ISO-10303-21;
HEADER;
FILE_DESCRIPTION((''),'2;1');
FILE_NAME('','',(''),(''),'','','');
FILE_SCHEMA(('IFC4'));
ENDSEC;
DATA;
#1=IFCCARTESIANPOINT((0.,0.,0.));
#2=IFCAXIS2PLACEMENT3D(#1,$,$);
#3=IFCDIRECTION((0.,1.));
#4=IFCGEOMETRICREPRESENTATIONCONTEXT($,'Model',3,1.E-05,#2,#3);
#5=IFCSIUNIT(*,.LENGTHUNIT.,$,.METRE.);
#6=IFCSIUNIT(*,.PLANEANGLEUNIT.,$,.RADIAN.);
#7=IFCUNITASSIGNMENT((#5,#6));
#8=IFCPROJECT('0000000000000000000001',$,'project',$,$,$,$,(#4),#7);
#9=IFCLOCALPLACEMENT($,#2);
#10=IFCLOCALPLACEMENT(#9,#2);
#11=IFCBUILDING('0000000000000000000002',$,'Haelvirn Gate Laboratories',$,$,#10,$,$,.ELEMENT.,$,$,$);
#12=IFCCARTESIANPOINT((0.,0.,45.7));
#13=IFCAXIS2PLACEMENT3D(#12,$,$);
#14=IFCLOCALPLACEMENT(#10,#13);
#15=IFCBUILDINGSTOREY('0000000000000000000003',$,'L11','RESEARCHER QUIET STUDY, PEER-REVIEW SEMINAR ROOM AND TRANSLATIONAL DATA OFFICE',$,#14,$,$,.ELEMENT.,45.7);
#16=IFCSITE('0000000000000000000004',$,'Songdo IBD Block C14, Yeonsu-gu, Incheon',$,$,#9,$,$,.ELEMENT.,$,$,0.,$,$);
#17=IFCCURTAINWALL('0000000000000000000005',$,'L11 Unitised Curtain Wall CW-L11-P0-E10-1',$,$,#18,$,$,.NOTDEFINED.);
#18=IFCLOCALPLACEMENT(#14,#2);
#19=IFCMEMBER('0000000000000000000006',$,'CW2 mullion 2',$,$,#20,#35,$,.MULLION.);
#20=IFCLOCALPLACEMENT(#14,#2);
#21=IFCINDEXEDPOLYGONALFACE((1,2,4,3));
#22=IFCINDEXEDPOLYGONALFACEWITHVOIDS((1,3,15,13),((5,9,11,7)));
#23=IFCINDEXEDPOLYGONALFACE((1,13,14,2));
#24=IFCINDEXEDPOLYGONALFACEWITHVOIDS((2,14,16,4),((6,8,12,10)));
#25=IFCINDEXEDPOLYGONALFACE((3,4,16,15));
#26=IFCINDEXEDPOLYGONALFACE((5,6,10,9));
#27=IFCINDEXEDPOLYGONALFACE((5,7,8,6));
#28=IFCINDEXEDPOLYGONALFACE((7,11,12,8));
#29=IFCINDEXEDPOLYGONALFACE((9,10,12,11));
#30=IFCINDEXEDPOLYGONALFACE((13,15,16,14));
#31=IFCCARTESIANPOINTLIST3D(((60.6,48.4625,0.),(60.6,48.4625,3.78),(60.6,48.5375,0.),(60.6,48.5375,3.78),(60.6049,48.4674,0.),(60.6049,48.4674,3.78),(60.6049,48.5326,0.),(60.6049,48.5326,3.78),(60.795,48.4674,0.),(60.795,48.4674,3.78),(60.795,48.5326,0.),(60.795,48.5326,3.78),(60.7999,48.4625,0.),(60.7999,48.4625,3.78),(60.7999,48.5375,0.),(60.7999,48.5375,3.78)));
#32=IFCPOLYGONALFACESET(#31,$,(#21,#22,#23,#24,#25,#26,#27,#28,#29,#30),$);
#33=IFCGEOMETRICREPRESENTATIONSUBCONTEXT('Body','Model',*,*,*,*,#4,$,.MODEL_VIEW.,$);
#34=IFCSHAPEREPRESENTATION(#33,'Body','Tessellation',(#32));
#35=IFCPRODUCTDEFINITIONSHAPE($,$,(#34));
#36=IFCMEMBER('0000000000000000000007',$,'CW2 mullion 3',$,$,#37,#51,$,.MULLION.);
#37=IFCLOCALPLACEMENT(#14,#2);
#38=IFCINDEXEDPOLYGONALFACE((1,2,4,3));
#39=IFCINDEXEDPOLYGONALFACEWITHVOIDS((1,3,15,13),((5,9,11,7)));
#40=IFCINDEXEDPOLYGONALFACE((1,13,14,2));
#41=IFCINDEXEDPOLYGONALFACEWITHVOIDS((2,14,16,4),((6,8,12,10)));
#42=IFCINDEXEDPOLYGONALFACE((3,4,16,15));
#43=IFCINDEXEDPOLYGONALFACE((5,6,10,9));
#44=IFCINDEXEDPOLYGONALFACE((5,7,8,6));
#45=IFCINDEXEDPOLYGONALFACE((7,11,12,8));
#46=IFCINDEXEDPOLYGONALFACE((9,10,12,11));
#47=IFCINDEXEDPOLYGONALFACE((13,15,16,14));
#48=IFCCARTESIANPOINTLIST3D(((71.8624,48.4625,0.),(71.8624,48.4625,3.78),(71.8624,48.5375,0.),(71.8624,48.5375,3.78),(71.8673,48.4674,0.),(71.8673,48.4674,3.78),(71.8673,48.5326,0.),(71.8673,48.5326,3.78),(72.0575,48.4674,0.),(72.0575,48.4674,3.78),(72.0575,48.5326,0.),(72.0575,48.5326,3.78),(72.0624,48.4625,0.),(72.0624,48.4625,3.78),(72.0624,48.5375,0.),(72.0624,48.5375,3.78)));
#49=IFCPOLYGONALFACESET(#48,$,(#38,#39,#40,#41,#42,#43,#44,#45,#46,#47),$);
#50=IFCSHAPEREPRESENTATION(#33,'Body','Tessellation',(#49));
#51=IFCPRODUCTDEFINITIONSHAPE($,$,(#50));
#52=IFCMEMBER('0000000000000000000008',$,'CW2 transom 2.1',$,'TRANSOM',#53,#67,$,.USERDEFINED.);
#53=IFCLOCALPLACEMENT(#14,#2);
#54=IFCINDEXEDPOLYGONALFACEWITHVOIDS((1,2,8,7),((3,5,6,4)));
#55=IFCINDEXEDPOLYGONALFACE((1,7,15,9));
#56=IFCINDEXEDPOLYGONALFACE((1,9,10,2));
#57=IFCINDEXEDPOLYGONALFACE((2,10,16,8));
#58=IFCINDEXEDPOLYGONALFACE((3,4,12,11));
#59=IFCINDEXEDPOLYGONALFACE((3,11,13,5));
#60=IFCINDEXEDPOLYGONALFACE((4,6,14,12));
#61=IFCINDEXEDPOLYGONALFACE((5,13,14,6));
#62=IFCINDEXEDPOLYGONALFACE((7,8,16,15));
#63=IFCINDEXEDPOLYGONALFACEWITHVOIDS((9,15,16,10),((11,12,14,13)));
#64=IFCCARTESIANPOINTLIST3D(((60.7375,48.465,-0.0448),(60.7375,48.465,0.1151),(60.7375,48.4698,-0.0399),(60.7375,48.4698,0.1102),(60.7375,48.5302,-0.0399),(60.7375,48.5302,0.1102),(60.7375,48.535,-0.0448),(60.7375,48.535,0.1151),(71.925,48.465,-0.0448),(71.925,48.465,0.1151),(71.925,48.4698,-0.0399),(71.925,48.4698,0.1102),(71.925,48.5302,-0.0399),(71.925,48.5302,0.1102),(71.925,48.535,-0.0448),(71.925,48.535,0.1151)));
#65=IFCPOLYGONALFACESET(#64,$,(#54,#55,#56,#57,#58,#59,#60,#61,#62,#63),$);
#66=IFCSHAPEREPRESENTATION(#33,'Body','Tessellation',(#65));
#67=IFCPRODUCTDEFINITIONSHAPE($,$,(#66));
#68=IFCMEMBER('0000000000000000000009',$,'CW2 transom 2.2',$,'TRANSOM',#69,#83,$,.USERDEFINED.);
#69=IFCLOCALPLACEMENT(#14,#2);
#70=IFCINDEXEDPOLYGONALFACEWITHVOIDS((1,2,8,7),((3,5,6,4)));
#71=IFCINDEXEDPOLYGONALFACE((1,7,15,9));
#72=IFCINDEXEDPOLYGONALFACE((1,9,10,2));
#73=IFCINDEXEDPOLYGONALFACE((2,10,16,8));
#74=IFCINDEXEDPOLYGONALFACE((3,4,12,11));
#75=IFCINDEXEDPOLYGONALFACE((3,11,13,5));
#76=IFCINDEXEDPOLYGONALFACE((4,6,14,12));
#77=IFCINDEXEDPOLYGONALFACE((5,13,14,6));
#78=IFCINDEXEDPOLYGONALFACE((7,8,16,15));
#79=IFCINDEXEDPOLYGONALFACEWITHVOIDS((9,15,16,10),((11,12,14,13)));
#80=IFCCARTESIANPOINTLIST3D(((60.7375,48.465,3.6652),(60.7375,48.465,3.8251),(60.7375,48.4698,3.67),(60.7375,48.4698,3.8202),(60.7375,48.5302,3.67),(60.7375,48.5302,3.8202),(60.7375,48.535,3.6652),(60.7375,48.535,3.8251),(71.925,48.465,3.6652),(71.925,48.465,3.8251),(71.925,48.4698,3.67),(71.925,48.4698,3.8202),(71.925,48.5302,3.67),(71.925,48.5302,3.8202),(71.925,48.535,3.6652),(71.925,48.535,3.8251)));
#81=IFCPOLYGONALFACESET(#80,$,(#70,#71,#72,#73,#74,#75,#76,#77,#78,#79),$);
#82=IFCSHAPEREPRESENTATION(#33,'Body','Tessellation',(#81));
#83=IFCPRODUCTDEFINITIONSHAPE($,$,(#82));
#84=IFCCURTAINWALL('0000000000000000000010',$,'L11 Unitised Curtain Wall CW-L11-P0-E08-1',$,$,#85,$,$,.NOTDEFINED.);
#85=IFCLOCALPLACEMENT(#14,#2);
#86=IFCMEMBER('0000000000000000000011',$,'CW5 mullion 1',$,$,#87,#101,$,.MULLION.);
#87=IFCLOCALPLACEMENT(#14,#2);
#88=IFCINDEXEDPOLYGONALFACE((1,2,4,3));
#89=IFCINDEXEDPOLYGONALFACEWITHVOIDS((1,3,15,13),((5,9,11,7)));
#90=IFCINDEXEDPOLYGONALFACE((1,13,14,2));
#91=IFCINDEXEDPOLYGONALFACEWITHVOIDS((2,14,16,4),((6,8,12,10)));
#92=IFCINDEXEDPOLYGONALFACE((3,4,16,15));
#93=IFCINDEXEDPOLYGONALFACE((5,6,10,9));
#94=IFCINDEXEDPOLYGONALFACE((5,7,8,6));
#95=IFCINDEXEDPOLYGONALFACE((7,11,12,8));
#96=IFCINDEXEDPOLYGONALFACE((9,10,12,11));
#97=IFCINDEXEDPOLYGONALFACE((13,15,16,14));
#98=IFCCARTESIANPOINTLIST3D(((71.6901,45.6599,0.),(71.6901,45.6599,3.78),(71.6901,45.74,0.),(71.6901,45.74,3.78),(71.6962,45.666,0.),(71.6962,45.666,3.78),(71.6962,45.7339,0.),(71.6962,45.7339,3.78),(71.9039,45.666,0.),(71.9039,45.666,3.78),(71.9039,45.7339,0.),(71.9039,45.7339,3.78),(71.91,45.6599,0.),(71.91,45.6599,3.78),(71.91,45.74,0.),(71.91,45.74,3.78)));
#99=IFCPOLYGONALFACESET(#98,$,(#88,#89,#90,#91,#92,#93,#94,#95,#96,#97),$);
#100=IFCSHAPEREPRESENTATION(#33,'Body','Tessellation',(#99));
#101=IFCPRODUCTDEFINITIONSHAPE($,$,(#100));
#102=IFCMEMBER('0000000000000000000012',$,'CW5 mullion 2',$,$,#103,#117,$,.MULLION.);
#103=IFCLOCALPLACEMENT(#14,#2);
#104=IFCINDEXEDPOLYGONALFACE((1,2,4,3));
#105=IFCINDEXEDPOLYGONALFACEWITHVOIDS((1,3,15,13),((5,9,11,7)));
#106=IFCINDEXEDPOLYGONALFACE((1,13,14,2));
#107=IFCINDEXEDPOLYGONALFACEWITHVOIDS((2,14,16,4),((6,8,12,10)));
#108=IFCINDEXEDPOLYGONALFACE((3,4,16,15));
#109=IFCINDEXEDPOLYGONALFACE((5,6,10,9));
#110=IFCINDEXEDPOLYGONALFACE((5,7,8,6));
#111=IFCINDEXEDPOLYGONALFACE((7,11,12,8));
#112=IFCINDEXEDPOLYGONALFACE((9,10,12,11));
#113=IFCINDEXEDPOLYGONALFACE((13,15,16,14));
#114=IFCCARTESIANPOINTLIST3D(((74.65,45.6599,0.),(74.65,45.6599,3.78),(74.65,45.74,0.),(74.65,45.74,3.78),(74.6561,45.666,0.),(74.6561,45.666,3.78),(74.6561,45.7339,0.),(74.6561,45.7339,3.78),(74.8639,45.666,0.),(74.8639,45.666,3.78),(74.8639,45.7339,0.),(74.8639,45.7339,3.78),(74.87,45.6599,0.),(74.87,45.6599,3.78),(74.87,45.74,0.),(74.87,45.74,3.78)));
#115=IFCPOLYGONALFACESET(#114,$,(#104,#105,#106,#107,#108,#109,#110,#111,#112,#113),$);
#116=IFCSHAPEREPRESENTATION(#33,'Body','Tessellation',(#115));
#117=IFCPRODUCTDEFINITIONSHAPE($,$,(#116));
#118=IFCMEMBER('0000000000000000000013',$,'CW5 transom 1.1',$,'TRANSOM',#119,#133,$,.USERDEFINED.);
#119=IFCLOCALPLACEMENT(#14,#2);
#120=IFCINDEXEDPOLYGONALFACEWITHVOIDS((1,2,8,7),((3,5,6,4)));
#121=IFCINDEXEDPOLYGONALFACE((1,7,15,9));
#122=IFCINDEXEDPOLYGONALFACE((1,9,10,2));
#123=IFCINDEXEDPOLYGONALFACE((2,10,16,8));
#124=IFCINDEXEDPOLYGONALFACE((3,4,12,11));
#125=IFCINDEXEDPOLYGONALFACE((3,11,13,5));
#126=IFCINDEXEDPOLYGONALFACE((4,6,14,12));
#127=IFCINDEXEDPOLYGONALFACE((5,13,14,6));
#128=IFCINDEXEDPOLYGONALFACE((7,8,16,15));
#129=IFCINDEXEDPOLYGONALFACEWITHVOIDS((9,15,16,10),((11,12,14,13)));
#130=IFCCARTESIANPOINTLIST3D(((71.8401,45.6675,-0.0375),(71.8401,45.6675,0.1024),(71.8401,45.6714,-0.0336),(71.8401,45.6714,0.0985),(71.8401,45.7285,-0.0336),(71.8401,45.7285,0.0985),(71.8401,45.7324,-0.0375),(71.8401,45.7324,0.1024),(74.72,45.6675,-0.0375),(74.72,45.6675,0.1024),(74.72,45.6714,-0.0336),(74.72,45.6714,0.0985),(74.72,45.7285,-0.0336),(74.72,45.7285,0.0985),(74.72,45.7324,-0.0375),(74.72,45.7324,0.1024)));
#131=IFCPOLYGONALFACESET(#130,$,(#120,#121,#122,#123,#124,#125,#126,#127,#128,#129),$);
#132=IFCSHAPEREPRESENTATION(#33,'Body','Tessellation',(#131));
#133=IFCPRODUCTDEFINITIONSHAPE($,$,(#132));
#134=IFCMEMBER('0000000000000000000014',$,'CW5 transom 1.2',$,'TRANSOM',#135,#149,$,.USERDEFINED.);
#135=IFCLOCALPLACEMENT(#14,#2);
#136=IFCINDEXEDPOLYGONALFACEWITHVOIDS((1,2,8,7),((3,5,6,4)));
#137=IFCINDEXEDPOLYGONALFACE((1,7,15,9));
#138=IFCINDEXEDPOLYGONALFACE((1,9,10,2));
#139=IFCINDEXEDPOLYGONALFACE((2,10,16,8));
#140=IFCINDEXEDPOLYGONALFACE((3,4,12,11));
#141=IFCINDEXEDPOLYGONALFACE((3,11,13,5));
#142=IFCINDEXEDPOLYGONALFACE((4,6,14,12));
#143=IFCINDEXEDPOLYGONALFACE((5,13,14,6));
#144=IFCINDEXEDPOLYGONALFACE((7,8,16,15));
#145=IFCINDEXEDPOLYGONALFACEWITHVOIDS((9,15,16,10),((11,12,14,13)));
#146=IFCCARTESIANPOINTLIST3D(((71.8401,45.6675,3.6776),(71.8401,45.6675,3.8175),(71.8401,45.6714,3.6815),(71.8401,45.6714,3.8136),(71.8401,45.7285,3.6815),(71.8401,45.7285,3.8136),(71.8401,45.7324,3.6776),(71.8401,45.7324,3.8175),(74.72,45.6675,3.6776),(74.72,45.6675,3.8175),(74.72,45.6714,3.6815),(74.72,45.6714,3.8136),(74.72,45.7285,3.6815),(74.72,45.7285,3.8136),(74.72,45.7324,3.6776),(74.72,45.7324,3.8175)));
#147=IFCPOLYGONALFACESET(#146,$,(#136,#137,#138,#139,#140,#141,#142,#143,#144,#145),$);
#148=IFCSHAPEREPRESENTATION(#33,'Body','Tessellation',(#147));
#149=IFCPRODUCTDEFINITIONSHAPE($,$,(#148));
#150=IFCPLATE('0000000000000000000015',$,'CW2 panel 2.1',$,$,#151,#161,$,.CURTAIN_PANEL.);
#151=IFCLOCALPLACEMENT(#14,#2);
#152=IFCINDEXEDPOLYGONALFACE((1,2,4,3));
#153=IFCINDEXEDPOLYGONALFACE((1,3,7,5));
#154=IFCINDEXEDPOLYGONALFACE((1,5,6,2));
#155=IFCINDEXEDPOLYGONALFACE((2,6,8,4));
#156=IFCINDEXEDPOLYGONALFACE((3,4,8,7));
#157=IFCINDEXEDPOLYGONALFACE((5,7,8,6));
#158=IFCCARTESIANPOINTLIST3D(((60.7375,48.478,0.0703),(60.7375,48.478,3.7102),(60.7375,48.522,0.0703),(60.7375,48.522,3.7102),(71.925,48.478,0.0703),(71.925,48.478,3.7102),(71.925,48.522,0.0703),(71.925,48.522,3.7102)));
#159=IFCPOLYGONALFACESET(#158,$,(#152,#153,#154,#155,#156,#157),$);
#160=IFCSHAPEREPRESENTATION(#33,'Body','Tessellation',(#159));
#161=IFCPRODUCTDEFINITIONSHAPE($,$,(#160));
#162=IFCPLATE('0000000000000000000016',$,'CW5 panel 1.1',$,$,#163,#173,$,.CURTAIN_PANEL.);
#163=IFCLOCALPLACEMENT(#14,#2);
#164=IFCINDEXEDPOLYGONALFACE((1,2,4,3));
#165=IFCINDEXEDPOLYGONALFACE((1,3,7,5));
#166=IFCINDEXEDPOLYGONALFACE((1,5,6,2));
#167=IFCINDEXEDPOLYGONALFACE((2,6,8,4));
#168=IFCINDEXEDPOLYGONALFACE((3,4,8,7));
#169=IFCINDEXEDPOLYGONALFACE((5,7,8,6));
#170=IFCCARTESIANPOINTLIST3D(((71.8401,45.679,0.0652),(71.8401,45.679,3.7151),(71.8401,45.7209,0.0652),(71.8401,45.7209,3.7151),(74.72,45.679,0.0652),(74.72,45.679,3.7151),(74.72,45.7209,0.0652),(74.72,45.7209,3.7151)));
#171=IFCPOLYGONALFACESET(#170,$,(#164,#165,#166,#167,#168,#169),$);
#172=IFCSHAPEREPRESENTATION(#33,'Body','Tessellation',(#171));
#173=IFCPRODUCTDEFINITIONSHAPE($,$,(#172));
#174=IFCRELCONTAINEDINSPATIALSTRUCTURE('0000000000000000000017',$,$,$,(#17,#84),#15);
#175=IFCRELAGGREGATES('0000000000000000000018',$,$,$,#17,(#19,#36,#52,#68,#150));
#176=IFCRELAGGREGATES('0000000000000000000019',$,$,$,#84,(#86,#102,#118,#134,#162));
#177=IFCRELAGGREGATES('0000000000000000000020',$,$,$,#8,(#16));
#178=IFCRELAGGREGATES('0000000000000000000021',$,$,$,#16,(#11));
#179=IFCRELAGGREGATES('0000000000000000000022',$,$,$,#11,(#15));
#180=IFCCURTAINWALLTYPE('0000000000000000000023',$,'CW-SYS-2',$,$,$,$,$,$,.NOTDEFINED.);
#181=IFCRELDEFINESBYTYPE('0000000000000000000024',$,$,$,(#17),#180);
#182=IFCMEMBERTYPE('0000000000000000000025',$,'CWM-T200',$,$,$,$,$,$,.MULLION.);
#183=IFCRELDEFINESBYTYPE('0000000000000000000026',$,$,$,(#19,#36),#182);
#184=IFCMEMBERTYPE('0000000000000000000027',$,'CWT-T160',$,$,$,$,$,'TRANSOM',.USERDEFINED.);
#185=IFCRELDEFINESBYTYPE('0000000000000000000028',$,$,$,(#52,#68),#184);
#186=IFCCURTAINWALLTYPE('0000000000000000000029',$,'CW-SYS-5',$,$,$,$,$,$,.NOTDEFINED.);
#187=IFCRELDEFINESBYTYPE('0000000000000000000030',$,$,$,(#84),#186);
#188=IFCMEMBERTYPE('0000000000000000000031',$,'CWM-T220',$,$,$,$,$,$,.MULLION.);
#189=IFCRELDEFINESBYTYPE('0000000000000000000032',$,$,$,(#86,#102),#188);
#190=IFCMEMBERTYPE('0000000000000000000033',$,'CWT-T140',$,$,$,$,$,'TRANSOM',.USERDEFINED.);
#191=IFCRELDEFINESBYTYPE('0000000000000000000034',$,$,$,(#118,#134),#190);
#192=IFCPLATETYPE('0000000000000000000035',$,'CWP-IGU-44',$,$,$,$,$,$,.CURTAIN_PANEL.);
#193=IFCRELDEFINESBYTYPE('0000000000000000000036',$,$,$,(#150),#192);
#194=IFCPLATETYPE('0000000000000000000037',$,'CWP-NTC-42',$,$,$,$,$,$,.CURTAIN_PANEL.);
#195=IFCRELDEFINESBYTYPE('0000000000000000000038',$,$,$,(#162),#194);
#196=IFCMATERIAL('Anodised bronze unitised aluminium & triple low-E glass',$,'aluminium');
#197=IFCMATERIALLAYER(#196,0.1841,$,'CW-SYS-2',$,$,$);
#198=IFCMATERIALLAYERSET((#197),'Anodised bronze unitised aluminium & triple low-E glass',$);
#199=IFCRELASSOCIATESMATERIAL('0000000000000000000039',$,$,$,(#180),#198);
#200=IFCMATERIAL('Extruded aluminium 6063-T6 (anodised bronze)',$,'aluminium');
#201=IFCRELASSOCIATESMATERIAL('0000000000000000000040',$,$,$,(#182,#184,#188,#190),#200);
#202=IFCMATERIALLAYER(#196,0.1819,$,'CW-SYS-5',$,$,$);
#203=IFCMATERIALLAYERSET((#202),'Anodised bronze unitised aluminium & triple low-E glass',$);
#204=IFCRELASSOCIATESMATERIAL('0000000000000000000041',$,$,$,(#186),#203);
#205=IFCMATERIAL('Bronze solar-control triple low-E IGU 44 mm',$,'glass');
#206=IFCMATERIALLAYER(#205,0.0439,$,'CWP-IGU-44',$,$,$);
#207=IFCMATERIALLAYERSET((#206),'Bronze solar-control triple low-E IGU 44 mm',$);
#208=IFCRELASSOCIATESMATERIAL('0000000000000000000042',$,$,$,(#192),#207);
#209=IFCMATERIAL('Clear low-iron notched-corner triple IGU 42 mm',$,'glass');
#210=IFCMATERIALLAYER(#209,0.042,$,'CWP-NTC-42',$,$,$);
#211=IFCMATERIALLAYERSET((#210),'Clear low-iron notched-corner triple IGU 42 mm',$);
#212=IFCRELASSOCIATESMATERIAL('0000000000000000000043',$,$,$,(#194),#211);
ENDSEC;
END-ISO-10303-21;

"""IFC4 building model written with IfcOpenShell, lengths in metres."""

from ifc_helpers import new_model, si_unit, direction, frame, origin, origin_2d, place, context, subcontext, project, spatial, rectangle, hollow_rectangle, extrude, source, transform, mapped, material, layer, layer_set, material_profile, profile_set, type_object, type_shapes, element, aggregate, save


model = new_model("IFC4")

# Units and contexts
model_context = context("Model", 3, precision=1e-05, world=origin(), true_north=direction((0.0, 1.0)))
body_context = subcontext(model_context, "Body", "Model", "MODEL_VIEW")
ifc_project = project(units=[si_unit("LENGTHUNIT", "METRE"), si_unit("PLANEANGLEUNIT", "RADIAN")], contexts=[model_context])

# Site, building, storey
site_placement = place(None, origin())
site = spatial("IfcSite", under=ifc_project, at=site_placement, Name="Songdo IBD Block C14, Yeonsu-gu, Incheon", CompositionType="ELEMENT", RefElevation=0.0)
building_placement = place(site_placement, origin())
building = spatial("IfcBuilding", under=site, at=building_placement, Name="Haelvirn Gate Laboratories", CompositionType="ELEMENT")
storey_placement = place(building_placement, frame((0.0, 0.0, 45.7)))
storey = spatial("IfcBuildingStorey", under=building, at=storey_placement, Name="L11", Description="RESEARCHER QUIET STUDY, PEER-REVIEW SEMINAR ROOM AND TRANSLATIONAL DATA OFFICE", CompositionType="ELEMENT", Elevation=45.7)

# Shared definitions
ifc_material_1 = material(Name="Anodised bronze unitised aluminium & triple low-E glass", Category="aluminium")
ifc_layer_1 = layer(ifc_material_1, 0.1841, Name="CW-SYS-2")
ifc_layer_set_1 = layer_set([ifc_layer_1], Name="Anodised bronze unitised aluminium & triple low-E glass")
curtain_wall_type_1 = type_object("IfcCurtainWallType", Name="CW-SYS-2", PredefinedType="NOTDEFINED", material=ifc_layer_set_1)
ifc_material_2 = material(Name="Extruded aluminium 6063-T6 (anodised bronze)", Category="aluminium")
ifc_material_profile_1 = material_profile(ifc_material_2, hollow_rectangle(XDim=0.075, YDim=0.2, WallThickness=0.0049, at=origin_2d()), Name="CWM-200x75x5")
ifc_profile_set_1 = profile_set([ifc_material_profile_1], Name="Extruded aluminium 6063-T6 (anodised bronze)")
member_type_1 = type_object("IfcMemberType", Name="CWM-T200", PredefinedType="MULLION", material=ifc_profile_set_1)
shared_shape_1 = source(origin(), body_context, "Body", "SweptSolid", [
    extrude(hollow_rectangle(XDim=0.075, YDim=0.2, WallThickness=0.0049, at=origin_2d()), origin(), (0.0, 0.0, 1.0), 3.78),
])
type_shapes(member_type_1, [shared_shape_1])

# Curtain walls, members
curtain_wall_1_placement = place(storey_placement, origin())
curtain_wall_1 = element("IfcCurtainWall", 1, at=curtain_wall_1_placement, inside=storey, type_object=curtain_wall_type_1, Name="L11 Unitised Curtain Wall CW-L11-P0-E10-1", PredefinedType="NOTDEFINED")
member_1_placement = place(storey_placement, frame((60.7, 48.5, 0.0), z_axis=(0.0, 0.0, 1.0), x_axis=(0.0, 1.0, 0.0)))
member_1 = element("IfcMember", 2, at=member_1_placement, type_object=member_type_1, Name="CW2 mullion 2", PredefinedType="MULLION", context=body_context, shape_type="MappedRepresentation", body=[
    mapped(shared_shape_1, transform((0.0, 0.0, 0.0), scale=1.0)),
])
member_2_placement = place(storey_placement, frame((71.9624, 48.5, 0.0), z_axis=(0.0, 0.0, 1.0), x_axis=(0.0, 1.0, 0.0)))
member_2 = element("IfcMember", 3, at=member_2_placement, type_object=member_type_1, Name="CW2 mullion 3", PredefinedType="MULLION", context=body_context, shape_type="MappedRepresentation", body=[
    mapped(shared_shape_1, transform((0.0, 0.0, 0.0), scale=1.0)),
])
ifc_material_profile_2 = material_profile(ifc_material_2, hollow_rectangle(XDim=0.0701, YDim=0.1599, WallThickness=0.0049, at=origin_2d()), Name="CWT-160x70x5")
ifc_profile_set_2 = profile_set([ifc_material_profile_2], Name="Extruded aluminium 6063-T6 (anodised bronze)")
member_type_2 = type_object("IfcMemberType", Name="CWT-T160", ElementType="TRANSOM", PredefinedType="USERDEFINED", material=ifc_profile_set_2)
shared_shape_2 = source(origin(), body_context, "Body", "SweptSolid", [
    extrude(hollow_rectangle(XDim=0.0701, YDim=0.1599, WallThickness=0.0049, at=origin_2d()), origin(), (0.0, 0.0, 1.0), 11.1875),
])
type_shapes(member_type_2, [shared_shape_2])
member_3_placement = place(storey_placement, frame((60.7375, 48.5, 0.0352), z_axis=(1.0, 0.0, 0.0), x_axis=(0.0, 1.0, 0.0)))
member_3 = element("IfcMember", 4, at=member_3_placement, type_object=member_type_2, Name="CW2 transom 2.1", ObjectType="TRANSOM", PredefinedType="USERDEFINED", context=body_context, shape_type="MappedRepresentation", body=[
    mapped(shared_shape_2, transform((0.0, 0.0, 0.0), scale=1.0)),
])
member_4_placement = place(storey_placement, frame((60.7375, 48.5, 3.7451), z_axis=(1.0, 0.0, 0.0), x_axis=(0.0, 1.0, 0.0)))
member_4 = element("IfcMember", 5, at=member_4_placement, type_object=member_type_2, Name="CW2 transom 2.2", ObjectType="TRANSOM", PredefinedType="USERDEFINED", context=body_context, shape_type="MappedRepresentation", body=[
    mapped(shared_shape_2, transform((0.0, 0.0, 0.0), scale=1.0)),
])
ifc_layer_2 = layer(ifc_material_1, 0.1819, Name="CW-SYS-5")
ifc_layer_set_2 = layer_set([ifc_layer_2], Name="Anodised bronze unitised aluminium & triple low-E glass")
curtain_wall_type_2 = type_object("IfcCurtainWallType", Name="CW-SYS-5", PredefinedType="NOTDEFINED", material=ifc_layer_set_2)
curtain_wall_2_placement = place(storey_placement, origin())
curtain_wall_2 = element("IfcCurtainWall", 6, at=curtain_wall_2_placement, inside=storey, type_object=curtain_wall_type_2, Name="L11 Unitised Curtain Wall CW-L11-P0-E08-1", PredefinedType="NOTDEFINED")
ifc_material_profile_3 = material_profile(ifc_material_2, hollow_rectangle(XDim=0.0801, YDim=0.22, WallThickness=0.0061, at=origin_2d()), Name="CWM-220x80x6")
ifc_profile_set_3 = profile_set([ifc_material_profile_3], Name="Extruded aluminium 6063-T6 (anodised bronze)")
member_type_3 = type_object("IfcMemberType", Name="CWM-T220", PredefinedType="MULLION", material=ifc_profile_set_3)
shared_shape_3 = source(origin(), body_context, "Body", "SweptSolid", [
    extrude(hollow_rectangle(XDim=0.0801, YDim=0.22, WallThickness=0.0061, at=origin_2d()), origin(), (0.0, 0.0, 1.0), 3.78),
])
type_shapes(member_type_3, [shared_shape_3])
member_5_placement = place(storey_placement, frame((71.8, 45.7, 0.0), z_axis=(0.0, 0.0, 1.0), x_axis=(0.0, 1.0, 0.0)))
member_5 = element("IfcMember", 7, at=member_5_placement, type_object=member_type_3, Name="CW5 mullion 1", PredefinedType="MULLION", context=body_context, shape_type="MappedRepresentation", body=[
    mapped(shared_shape_3, transform((0.0, 0.0, 0.0), scale=1.0)),
])
member_6_placement = place(storey_placement, frame((74.76, 45.7, 0.0), z_axis=(0.0, 0.0, 1.0), x_axis=(0.0, 1.0, 0.0)))
member_6 = element("IfcMember", 8, at=member_6_placement, type_object=member_type_3, Name="CW5 mullion 2", PredefinedType="MULLION", context=body_context, shape_type="MappedRepresentation", body=[
    mapped(shared_shape_3, transform((0.0, 0.0, 0.0), scale=1.0)),
])
ifc_material_profile_4 = material_profile(ifc_material_2, hollow_rectangle(XDim=0.0649, YDim=0.1399, WallThickness=0.0039, at=origin_2d()), Name="CWT-140x65x4")
ifc_profile_set_4 = profile_set([ifc_material_profile_4], Name="Extruded aluminium 6063-T6 (anodised bronze)")
member_type_4 = type_object("IfcMemberType", Name="CWT-T140", ElementType="TRANSOM", PredefinedType="USERDEFINED", material=ifc_profile_set_4)
shared_shape_4 = source(origin(), body_context, "Body", "SweptSolid", [
    extrude(hollow_rectangle(XDim=0.0649, YDim=0.1399, WallThickness=0.0039, at=origin_2d()), origin(), (0.0, 0.0, 1.0), 2.8799),
])
type_shapes(member_type_4, [shared_shape_4])
member_7_placement = place(storey_placement, frame((71.8401, 45.7, 0.0325), z_axis=(1.0, 0.0, 0.0), x_axis=(0.0, 1.0, 0.0)))
member_7 = element("IfcMember", 9, at=member_7_placement, type_object=member_type_4, Name="CW5 transom 1.1", ObjectType="TRANSOM", PredefinedType="USERDEFINED", context=body_context, shape_type="MappedRepresentation", body=[
    mapped(shared_shape_4, transform((0.0, 0.0, 0.0), scale=1.0)),
])
member_8_placement = place(storey_placement, frame((71.8401, 45.7, 3.7476), z_axis=(1.0, 0.0, 0.0), x_axis=(0.0, 1.0, 0.0)))
member_8 = element("IfcMember", 10, at=member_8_placement, type_object=member_type_4, Name="CW5 transom 1.2", ObjectType="TRANSOM", PredefinedType="USERDEFINED", context=body_context, shape_type="MappedRepresentation", body=[
    mapped(shared_shape_4, transform((0.0, 0.0, 0.0), scale=1.0)),
])

# Plates
ifc_material_3 = material(Name="Bronze solar-control triple low-E IGU 44 mm", Category="glass")
ifc_layer_3 = layer(ifc_material_3, 0.0439, Name="CWP-IGU-44")
ifc_layer_set_3 = layer_set([ifc_layer_3], Name="Bronze solar-control triple low-E IGU 44 mm")
plate_type_1 = type_object("IfcPlateType", Name="CWP-IGU-44", PredefinedType="CURTAIN_PANEL", material=ifc_layer_set_3)
shared_shape_5 = source(origin(), body_context, "Body", "SweptSolid", [
    extrude(rectangle(XDim=11.1875, YDim=0.0439, at=origin_2d()), origin(), (0.0, 0.0, 1.0), 3.6399),
])
plate_1_placement = place(storey_placement, frame((66.3313, 48.5, 0.0703), z_axis=(0.0, 0.0, 1.0), x_axis=(1.0, 0.0, 0.0)))
plate_1 = element("IfcPlate", 11, at=plate_1_placement, type_object=plate_type_1, Name="CW2 panel 2.1", PredefinedType="CURTAIN_PANEL", context=body_context, shape_type="MappedRepresentation", body=[
    mapped(shared_shape_5, transform((0.0, 0.0, 0.0), scale=1.0)),
])
aggregate(curtain_wall_1, [member_1, member_2, member_3, member_4, plate_1])
ifc_material_4 = material(Name="Clear low-iron notched-corner triple IGU 42 mm", Category="glass")
ifc_layer_4 = layer(ifc_material_4, 0.042, Name="CWP-NTC-42")
ifc_layer_set_4 = layer_set([ifc_layer_4], Name="Clear low-iron notched-corner triple IGU 42 mm")
plate_type_2 = type_object("IfcPlateType", Name="CWP-NTC-42", PredefinedType="CURTAIN_PANEL", material=ifc_layer_set_4)
shared_shape_6 = source(origin(), body_context, "Body", "SweptSolid", [
    extrude(rectangle(XDim=2.8799, YDim=0.042, at=origin_2d()), origin(), (0.0, 0.0, 1.0), 3.6499),
])
type_shapes(plate_type_2, [shared_shape_6])
plate_2_placement = place(storey_placement, frame((73.28, 45.7, 0.0652), z_axis=(0.0, 0.0, 1.0), x_axis=(1.0, 0.0, 0.0)))
plate_2 = element("IfcPlate", 12, at=plate_2_placement, type_object=plate_type_2, Name="CW5 panel 1.1", PredefinedType="CURTAIN_PANEL", context=body_context, shape_type="MappedRepresentation", body=[
    mapped(shared_shape_6, transform((0.0, 0.0, 0.0), scale=1.0)),
])
aggregate(curtain_wall_2, [member_5, member_6, member_7, member_8, plate_2])

save(model, "model.ifc")
